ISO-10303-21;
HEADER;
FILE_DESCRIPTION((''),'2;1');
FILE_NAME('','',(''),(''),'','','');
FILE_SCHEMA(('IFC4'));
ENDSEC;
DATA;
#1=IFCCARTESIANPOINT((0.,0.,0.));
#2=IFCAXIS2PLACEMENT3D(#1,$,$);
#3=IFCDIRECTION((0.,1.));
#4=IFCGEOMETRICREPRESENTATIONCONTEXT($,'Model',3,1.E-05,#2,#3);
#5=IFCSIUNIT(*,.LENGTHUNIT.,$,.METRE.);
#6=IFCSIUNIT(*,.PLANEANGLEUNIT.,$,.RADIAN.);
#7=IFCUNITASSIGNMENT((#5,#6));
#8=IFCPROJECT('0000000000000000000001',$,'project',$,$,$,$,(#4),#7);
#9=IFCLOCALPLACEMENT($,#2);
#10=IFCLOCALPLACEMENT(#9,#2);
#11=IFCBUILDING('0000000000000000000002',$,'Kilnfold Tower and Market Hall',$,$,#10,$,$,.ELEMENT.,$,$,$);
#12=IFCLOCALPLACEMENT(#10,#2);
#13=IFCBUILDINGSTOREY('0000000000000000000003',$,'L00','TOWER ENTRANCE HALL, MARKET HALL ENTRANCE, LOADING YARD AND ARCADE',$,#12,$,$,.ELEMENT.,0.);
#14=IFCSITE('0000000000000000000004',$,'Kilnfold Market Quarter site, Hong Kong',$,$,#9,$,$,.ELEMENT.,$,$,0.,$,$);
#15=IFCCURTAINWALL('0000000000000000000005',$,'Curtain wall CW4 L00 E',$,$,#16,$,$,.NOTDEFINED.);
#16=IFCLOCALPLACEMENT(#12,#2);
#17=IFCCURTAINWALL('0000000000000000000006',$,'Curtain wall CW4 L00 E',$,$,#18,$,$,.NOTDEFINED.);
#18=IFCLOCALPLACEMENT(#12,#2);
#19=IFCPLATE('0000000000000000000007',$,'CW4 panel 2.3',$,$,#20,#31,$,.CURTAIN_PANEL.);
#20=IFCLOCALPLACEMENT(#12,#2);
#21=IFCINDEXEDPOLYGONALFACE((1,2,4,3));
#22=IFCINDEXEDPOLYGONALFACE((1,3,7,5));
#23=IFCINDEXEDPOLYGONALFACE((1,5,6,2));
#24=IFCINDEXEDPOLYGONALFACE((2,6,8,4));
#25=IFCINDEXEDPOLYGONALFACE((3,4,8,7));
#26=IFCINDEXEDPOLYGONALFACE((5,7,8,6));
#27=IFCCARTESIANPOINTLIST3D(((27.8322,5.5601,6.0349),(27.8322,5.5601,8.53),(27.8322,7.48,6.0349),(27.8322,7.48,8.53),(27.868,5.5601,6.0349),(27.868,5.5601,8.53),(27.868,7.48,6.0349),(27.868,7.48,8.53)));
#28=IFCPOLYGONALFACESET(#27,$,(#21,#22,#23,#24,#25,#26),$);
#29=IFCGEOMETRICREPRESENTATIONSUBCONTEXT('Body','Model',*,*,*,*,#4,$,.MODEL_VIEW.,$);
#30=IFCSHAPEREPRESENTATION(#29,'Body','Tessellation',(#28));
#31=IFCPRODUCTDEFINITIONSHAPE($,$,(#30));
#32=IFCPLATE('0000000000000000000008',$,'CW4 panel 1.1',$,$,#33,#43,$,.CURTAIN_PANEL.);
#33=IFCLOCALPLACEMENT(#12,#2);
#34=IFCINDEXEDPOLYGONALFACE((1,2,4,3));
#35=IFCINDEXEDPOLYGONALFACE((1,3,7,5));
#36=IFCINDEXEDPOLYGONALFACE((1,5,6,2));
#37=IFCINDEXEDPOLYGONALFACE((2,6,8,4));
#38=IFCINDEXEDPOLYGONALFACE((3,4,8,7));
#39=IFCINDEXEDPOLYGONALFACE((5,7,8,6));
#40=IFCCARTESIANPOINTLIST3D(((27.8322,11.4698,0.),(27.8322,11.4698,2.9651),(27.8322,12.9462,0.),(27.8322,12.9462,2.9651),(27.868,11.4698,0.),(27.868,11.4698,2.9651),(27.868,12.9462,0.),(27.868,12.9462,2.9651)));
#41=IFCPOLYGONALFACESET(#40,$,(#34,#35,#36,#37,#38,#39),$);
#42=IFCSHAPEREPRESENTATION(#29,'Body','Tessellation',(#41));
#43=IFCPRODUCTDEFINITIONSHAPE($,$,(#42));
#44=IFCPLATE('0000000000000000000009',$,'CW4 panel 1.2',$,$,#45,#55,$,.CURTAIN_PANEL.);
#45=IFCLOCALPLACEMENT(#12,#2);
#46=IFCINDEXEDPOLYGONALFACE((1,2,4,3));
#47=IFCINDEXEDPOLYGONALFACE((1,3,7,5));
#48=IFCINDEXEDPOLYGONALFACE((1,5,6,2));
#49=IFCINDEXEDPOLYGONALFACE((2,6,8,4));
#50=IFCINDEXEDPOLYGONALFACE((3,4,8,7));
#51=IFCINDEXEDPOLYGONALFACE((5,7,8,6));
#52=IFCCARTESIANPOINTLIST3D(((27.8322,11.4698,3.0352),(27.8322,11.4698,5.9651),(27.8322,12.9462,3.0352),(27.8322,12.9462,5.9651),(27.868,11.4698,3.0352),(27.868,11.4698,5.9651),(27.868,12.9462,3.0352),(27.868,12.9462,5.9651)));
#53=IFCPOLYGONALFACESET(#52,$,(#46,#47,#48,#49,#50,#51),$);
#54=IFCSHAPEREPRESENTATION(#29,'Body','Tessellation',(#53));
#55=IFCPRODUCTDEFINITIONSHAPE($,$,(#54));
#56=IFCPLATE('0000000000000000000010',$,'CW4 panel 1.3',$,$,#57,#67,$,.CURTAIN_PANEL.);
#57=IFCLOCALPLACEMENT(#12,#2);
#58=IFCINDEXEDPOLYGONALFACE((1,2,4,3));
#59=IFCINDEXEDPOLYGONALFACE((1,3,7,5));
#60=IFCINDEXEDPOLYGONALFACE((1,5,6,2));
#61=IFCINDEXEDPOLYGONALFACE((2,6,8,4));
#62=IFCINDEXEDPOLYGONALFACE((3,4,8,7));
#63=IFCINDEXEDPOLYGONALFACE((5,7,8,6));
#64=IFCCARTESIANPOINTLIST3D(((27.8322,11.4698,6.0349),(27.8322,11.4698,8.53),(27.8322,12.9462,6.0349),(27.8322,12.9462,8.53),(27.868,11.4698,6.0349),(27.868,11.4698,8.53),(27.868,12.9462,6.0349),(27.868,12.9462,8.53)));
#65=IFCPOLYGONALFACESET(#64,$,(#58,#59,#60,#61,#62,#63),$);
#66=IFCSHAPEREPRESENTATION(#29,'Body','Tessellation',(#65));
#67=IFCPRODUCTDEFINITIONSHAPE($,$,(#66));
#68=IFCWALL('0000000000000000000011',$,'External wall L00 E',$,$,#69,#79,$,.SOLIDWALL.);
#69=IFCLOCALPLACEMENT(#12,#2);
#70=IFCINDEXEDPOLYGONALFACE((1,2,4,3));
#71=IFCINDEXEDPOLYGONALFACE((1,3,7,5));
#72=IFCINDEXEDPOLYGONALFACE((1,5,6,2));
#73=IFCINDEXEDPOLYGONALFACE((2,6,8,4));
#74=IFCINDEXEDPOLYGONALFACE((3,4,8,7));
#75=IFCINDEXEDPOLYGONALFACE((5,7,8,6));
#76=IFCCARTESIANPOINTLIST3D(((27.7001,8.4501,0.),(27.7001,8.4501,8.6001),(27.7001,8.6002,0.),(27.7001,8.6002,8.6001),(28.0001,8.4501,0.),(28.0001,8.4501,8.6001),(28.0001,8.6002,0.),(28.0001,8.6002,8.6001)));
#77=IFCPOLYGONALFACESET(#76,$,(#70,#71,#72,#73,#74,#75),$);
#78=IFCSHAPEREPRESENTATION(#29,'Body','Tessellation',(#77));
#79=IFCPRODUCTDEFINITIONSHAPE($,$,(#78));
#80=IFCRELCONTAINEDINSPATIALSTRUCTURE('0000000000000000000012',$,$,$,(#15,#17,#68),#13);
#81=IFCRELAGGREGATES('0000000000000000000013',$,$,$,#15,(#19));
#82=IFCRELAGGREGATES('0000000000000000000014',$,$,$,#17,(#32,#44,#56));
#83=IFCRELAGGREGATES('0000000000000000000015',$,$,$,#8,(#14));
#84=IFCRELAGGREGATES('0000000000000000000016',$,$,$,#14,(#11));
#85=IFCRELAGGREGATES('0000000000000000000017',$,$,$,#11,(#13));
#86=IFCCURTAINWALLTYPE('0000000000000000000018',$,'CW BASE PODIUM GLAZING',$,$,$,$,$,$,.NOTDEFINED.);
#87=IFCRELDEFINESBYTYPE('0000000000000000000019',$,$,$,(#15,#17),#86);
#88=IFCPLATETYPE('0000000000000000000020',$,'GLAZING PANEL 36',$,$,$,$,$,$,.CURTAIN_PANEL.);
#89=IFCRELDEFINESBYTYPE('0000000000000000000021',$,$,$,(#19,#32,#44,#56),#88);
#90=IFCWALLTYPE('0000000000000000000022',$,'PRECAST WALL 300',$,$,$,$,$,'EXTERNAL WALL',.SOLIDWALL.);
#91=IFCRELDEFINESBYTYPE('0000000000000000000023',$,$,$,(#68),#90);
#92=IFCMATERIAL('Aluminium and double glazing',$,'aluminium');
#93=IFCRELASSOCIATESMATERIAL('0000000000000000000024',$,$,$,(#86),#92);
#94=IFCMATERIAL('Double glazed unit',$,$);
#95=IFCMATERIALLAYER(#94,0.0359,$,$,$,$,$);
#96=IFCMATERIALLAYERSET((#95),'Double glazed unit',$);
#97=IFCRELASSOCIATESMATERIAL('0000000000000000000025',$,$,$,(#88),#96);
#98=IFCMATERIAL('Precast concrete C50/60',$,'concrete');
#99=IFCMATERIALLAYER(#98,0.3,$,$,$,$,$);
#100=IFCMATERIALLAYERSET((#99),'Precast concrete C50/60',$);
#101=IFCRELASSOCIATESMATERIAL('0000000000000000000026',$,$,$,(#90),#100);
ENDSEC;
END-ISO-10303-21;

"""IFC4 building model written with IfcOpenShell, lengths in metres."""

from ifc_helpers import new_model, si_unit, direction, frame, frame_2d, origin, origin_2d, place, context, subcontext, project, spatial, rectangle, extrude, source, transform, mapped, material, layer, layer_set, type_object, element, aggregate, save


model = new_model("IFC4")

# Units and contexts
model_context = context("Model", 3, precision=1e-05, world=origin(), true_north=direction((0.0, 1.0)))
body_context = subcontext(model_context, "Body", "Model", "MODEL_VIEW")
ifc_project = project(units=[si_unit("LENGTHUNIT", "METRE"), si_unit("PLANEANGLEUNIT", "RADIAN")], contexts=[model_context])

# Site, building, storey
site_placement = place(None, origin())
site = spatial("IfcSite", under=ifc_project, at=site_placement, Name="Kilnfold Market Quarter site, Hong Kong", CompositionType="ELEMENT", RefElevation=0.0)
building_placement = place(site_placement, origin())
building = spatial("IfcBuilding", under=site, at=building_placement, Name="Kilnfold Tower and Market Hall", CompositionType="ELEMENT")
storey_placement = place(building_placement, origin())
storey = spatial("IfcBuildingStorey", under=building, at=storey_placement, Name="L00", Description="TOWER ENTRANCE HALL, MARKET HALL ENTRANCE, LOADING YARD AND ARCADE", CompositionType="ELEMENT", Elevation=0.0)

# Curtain wall
ifc_material_1 = material(Name="Aluminium and double glazing", Category="aluminium")
curtain_wall_type = type_object("IfcCurtainWallType", Name="CW BASE PODIUM GLAZING", PredefinedType="NOTDEFINED", material=ifc_material_1)
curtain_wall_1_placement = place(storey_placement, origin())
curtain_wall_1 = element("IfcCurtainWall", 1, at=curtain_wall_1_placement, inside=storey, type_object=curtain_wall_type, Name="Curtain wall CW4 L00 E", PredefinedType="NOTDEFINED")

# Curtain wall
curtain_wall_2_placement = place(storey_placement, origin())
curtain_wall_2 = element("IfcCurtainWall", 2, at=curtain_wall_2_placement, inside=storey, type_object=curtain_wall_type, Name="Curtain wall CW4 L00 E", PredefinedType="NOTDEFINED")

# Plates
ifc_material_2 = material(Name="Double glazed unit")
ifc_layer_1 = layer(ifc_material_2, 0.0359)
ifc_layer_set_1 = layer_set([ifc_layer_1], Name="Double glazed unit")
plate_type = type_object("IfcPlateType", Name="GLAZING PANEL 36", PredefinedType="CURTAIN_PANEL", material=ifc_layer_set_1)
shared_shape_1 = source(origin(), body_context, "Body", "SweptSolid", [
    extrude(rectangle(XDim=1.9199, YDim=0.0359, at=origin_2d()), origin(), (0.0, 0.0, 1.0), 2.4951),
])
plate_1_placement = place(storey_placement, frame((27.8501, 6.52, 6.0349), z_axis=(0.0, 0.0, 1.0), x_axis=(0.0, 1.0, 0.0)))
plate_1 = element("IfcPlate", 3, at=plate_1_placement, type_object=plate_type, Name="CW4 panel 2.3", PredefinedType="CURTAIN_PANEL", context=body_context, shape_type="MappedRepresentation", body=[
    mapped(shared_shape_1, transform((0.0, 0.0, 0.0))),
])
aggregate(curtain_wall_1, [plate_1])
shared_shape_2 = source(origin(), body_context, "Body", "SweptSolid", [
    extrude(rectangle(XDim=1.4763, YDim=0.0359, at=origin_2d()), origin(), (0.0, 0.0, 1.0), 2.9651),
])
plate_2_placement = place(storey_placement, frame((27.8501, 12.208, 0.0), z_axis=(0.0, 0.0, 1.0), x_axis=(0.0, 1.0, 0.0)))
plate_2 = element("IfcPlate", 4, at=plate_2_placement, type_object=plate_type, Name="CW4 panel 1.1", PredefinedType="CURTAIN_PANEL", context=body_context, shape_type="MappedRepresentation", body=[
    mapped(shared_shape_2, transform((0.0, 0.0, 0.0))),
])
shared_shape_3 = source(origin(), body_context, "Body", "SweptSolid", [
    extrude(rectangle(XDim=1.4763, YDim=0.0359, at=origin_2d()), origin(), (0.0, 0.0, 1.0), 2.9299),
])
plate_3_placement = place(storey_placement, frame((27.8501, 12.208, 3.0352), z_axis=(0.0, 0.0, 1.0), x_axis=(0.0, 1.0, 0.0)))
plate_3 = element("IfcPlate", 5, at=plate_3_placement, type_object=plate_type, Name="CW4 panel 1.2", PredefinedType="CURTAIN_PANEL", context=body_context, shape_type="MappedRepresentation", body=[
    mapped(shared_shape_3, transform((0.0, 0.0, 0.0))),
])
shared_shape_4 = source(origin(), body_context, "Body", "SweptSolid", [
    extrude(rectangle(XDim=1.4763, YDim=0.0359, at=origin_2d()), origin(), (0.0, 0.0, 1.0), 2.4951),
])
plate_4_placement = place(storey_placement, frame((27.8501, 12.208, 6.0349), z_axis=(0.0, 0.0, 1.0), x_axis=(0.0, 1.0, 0.0)))
plate_4 = element("IfcPlate", 6, at=plate_4_placement, type_object=plate_type, Name="CW4 panel 1.3", PredefinedType="CURTAIN_PANEL", context=body_context, shape_type="MappedRepresentation", body=[
    mapped(shared_shape_4, transform((0.0, 0.0, 0.0))),
])
aggregate(curtain_wall_2, [plate_2, plate_3, plate_4])

# Wall
ifc_material_3 = material(Name="Precast concrete C50/60", Category="concrete")
ifc_layer_2 = layer(ifc_material_3, 0.3)
ifc_layer_set_2 = layer_set([ifc_layer_2], Name="Precast concrete C50/60")
wall_type = type_object("IfcWallType", Name="PRECAST WALL 300", ElementType="EXTERNAL WALL", PredefinedType="SOLIDWALL", material=ifc_layer_set_2)
shared_shape_5 = source(origin(), body_context, "Body", "SweptSolid", [
    extrude(rectangle(XDim=0.1501, YDim=0.3, at=frame_2d((0.0752, 0.0))), origin(), (0.0, 0.0, 1.0), 8.6001),
])
wall_1_placement = place(storey_placement, frame((27.8501, 8.45, 0.0), z_axis=(0.0, 0.0, 1.0), x_axis=(0.0, 1.0, 0.0)))
element("IfcWall", 7, at=wall_1_placement, inside=storey, type_object=wall_type, Name="External wall L00 E", PredefinedType="SOLIDWALL", context=body_context, shape_type="MappedRepresentation", body=[
    mapped(shared_shape_5, transform((0.0, 0.0, 0.0))),
])

save(model, "model.ifc")
